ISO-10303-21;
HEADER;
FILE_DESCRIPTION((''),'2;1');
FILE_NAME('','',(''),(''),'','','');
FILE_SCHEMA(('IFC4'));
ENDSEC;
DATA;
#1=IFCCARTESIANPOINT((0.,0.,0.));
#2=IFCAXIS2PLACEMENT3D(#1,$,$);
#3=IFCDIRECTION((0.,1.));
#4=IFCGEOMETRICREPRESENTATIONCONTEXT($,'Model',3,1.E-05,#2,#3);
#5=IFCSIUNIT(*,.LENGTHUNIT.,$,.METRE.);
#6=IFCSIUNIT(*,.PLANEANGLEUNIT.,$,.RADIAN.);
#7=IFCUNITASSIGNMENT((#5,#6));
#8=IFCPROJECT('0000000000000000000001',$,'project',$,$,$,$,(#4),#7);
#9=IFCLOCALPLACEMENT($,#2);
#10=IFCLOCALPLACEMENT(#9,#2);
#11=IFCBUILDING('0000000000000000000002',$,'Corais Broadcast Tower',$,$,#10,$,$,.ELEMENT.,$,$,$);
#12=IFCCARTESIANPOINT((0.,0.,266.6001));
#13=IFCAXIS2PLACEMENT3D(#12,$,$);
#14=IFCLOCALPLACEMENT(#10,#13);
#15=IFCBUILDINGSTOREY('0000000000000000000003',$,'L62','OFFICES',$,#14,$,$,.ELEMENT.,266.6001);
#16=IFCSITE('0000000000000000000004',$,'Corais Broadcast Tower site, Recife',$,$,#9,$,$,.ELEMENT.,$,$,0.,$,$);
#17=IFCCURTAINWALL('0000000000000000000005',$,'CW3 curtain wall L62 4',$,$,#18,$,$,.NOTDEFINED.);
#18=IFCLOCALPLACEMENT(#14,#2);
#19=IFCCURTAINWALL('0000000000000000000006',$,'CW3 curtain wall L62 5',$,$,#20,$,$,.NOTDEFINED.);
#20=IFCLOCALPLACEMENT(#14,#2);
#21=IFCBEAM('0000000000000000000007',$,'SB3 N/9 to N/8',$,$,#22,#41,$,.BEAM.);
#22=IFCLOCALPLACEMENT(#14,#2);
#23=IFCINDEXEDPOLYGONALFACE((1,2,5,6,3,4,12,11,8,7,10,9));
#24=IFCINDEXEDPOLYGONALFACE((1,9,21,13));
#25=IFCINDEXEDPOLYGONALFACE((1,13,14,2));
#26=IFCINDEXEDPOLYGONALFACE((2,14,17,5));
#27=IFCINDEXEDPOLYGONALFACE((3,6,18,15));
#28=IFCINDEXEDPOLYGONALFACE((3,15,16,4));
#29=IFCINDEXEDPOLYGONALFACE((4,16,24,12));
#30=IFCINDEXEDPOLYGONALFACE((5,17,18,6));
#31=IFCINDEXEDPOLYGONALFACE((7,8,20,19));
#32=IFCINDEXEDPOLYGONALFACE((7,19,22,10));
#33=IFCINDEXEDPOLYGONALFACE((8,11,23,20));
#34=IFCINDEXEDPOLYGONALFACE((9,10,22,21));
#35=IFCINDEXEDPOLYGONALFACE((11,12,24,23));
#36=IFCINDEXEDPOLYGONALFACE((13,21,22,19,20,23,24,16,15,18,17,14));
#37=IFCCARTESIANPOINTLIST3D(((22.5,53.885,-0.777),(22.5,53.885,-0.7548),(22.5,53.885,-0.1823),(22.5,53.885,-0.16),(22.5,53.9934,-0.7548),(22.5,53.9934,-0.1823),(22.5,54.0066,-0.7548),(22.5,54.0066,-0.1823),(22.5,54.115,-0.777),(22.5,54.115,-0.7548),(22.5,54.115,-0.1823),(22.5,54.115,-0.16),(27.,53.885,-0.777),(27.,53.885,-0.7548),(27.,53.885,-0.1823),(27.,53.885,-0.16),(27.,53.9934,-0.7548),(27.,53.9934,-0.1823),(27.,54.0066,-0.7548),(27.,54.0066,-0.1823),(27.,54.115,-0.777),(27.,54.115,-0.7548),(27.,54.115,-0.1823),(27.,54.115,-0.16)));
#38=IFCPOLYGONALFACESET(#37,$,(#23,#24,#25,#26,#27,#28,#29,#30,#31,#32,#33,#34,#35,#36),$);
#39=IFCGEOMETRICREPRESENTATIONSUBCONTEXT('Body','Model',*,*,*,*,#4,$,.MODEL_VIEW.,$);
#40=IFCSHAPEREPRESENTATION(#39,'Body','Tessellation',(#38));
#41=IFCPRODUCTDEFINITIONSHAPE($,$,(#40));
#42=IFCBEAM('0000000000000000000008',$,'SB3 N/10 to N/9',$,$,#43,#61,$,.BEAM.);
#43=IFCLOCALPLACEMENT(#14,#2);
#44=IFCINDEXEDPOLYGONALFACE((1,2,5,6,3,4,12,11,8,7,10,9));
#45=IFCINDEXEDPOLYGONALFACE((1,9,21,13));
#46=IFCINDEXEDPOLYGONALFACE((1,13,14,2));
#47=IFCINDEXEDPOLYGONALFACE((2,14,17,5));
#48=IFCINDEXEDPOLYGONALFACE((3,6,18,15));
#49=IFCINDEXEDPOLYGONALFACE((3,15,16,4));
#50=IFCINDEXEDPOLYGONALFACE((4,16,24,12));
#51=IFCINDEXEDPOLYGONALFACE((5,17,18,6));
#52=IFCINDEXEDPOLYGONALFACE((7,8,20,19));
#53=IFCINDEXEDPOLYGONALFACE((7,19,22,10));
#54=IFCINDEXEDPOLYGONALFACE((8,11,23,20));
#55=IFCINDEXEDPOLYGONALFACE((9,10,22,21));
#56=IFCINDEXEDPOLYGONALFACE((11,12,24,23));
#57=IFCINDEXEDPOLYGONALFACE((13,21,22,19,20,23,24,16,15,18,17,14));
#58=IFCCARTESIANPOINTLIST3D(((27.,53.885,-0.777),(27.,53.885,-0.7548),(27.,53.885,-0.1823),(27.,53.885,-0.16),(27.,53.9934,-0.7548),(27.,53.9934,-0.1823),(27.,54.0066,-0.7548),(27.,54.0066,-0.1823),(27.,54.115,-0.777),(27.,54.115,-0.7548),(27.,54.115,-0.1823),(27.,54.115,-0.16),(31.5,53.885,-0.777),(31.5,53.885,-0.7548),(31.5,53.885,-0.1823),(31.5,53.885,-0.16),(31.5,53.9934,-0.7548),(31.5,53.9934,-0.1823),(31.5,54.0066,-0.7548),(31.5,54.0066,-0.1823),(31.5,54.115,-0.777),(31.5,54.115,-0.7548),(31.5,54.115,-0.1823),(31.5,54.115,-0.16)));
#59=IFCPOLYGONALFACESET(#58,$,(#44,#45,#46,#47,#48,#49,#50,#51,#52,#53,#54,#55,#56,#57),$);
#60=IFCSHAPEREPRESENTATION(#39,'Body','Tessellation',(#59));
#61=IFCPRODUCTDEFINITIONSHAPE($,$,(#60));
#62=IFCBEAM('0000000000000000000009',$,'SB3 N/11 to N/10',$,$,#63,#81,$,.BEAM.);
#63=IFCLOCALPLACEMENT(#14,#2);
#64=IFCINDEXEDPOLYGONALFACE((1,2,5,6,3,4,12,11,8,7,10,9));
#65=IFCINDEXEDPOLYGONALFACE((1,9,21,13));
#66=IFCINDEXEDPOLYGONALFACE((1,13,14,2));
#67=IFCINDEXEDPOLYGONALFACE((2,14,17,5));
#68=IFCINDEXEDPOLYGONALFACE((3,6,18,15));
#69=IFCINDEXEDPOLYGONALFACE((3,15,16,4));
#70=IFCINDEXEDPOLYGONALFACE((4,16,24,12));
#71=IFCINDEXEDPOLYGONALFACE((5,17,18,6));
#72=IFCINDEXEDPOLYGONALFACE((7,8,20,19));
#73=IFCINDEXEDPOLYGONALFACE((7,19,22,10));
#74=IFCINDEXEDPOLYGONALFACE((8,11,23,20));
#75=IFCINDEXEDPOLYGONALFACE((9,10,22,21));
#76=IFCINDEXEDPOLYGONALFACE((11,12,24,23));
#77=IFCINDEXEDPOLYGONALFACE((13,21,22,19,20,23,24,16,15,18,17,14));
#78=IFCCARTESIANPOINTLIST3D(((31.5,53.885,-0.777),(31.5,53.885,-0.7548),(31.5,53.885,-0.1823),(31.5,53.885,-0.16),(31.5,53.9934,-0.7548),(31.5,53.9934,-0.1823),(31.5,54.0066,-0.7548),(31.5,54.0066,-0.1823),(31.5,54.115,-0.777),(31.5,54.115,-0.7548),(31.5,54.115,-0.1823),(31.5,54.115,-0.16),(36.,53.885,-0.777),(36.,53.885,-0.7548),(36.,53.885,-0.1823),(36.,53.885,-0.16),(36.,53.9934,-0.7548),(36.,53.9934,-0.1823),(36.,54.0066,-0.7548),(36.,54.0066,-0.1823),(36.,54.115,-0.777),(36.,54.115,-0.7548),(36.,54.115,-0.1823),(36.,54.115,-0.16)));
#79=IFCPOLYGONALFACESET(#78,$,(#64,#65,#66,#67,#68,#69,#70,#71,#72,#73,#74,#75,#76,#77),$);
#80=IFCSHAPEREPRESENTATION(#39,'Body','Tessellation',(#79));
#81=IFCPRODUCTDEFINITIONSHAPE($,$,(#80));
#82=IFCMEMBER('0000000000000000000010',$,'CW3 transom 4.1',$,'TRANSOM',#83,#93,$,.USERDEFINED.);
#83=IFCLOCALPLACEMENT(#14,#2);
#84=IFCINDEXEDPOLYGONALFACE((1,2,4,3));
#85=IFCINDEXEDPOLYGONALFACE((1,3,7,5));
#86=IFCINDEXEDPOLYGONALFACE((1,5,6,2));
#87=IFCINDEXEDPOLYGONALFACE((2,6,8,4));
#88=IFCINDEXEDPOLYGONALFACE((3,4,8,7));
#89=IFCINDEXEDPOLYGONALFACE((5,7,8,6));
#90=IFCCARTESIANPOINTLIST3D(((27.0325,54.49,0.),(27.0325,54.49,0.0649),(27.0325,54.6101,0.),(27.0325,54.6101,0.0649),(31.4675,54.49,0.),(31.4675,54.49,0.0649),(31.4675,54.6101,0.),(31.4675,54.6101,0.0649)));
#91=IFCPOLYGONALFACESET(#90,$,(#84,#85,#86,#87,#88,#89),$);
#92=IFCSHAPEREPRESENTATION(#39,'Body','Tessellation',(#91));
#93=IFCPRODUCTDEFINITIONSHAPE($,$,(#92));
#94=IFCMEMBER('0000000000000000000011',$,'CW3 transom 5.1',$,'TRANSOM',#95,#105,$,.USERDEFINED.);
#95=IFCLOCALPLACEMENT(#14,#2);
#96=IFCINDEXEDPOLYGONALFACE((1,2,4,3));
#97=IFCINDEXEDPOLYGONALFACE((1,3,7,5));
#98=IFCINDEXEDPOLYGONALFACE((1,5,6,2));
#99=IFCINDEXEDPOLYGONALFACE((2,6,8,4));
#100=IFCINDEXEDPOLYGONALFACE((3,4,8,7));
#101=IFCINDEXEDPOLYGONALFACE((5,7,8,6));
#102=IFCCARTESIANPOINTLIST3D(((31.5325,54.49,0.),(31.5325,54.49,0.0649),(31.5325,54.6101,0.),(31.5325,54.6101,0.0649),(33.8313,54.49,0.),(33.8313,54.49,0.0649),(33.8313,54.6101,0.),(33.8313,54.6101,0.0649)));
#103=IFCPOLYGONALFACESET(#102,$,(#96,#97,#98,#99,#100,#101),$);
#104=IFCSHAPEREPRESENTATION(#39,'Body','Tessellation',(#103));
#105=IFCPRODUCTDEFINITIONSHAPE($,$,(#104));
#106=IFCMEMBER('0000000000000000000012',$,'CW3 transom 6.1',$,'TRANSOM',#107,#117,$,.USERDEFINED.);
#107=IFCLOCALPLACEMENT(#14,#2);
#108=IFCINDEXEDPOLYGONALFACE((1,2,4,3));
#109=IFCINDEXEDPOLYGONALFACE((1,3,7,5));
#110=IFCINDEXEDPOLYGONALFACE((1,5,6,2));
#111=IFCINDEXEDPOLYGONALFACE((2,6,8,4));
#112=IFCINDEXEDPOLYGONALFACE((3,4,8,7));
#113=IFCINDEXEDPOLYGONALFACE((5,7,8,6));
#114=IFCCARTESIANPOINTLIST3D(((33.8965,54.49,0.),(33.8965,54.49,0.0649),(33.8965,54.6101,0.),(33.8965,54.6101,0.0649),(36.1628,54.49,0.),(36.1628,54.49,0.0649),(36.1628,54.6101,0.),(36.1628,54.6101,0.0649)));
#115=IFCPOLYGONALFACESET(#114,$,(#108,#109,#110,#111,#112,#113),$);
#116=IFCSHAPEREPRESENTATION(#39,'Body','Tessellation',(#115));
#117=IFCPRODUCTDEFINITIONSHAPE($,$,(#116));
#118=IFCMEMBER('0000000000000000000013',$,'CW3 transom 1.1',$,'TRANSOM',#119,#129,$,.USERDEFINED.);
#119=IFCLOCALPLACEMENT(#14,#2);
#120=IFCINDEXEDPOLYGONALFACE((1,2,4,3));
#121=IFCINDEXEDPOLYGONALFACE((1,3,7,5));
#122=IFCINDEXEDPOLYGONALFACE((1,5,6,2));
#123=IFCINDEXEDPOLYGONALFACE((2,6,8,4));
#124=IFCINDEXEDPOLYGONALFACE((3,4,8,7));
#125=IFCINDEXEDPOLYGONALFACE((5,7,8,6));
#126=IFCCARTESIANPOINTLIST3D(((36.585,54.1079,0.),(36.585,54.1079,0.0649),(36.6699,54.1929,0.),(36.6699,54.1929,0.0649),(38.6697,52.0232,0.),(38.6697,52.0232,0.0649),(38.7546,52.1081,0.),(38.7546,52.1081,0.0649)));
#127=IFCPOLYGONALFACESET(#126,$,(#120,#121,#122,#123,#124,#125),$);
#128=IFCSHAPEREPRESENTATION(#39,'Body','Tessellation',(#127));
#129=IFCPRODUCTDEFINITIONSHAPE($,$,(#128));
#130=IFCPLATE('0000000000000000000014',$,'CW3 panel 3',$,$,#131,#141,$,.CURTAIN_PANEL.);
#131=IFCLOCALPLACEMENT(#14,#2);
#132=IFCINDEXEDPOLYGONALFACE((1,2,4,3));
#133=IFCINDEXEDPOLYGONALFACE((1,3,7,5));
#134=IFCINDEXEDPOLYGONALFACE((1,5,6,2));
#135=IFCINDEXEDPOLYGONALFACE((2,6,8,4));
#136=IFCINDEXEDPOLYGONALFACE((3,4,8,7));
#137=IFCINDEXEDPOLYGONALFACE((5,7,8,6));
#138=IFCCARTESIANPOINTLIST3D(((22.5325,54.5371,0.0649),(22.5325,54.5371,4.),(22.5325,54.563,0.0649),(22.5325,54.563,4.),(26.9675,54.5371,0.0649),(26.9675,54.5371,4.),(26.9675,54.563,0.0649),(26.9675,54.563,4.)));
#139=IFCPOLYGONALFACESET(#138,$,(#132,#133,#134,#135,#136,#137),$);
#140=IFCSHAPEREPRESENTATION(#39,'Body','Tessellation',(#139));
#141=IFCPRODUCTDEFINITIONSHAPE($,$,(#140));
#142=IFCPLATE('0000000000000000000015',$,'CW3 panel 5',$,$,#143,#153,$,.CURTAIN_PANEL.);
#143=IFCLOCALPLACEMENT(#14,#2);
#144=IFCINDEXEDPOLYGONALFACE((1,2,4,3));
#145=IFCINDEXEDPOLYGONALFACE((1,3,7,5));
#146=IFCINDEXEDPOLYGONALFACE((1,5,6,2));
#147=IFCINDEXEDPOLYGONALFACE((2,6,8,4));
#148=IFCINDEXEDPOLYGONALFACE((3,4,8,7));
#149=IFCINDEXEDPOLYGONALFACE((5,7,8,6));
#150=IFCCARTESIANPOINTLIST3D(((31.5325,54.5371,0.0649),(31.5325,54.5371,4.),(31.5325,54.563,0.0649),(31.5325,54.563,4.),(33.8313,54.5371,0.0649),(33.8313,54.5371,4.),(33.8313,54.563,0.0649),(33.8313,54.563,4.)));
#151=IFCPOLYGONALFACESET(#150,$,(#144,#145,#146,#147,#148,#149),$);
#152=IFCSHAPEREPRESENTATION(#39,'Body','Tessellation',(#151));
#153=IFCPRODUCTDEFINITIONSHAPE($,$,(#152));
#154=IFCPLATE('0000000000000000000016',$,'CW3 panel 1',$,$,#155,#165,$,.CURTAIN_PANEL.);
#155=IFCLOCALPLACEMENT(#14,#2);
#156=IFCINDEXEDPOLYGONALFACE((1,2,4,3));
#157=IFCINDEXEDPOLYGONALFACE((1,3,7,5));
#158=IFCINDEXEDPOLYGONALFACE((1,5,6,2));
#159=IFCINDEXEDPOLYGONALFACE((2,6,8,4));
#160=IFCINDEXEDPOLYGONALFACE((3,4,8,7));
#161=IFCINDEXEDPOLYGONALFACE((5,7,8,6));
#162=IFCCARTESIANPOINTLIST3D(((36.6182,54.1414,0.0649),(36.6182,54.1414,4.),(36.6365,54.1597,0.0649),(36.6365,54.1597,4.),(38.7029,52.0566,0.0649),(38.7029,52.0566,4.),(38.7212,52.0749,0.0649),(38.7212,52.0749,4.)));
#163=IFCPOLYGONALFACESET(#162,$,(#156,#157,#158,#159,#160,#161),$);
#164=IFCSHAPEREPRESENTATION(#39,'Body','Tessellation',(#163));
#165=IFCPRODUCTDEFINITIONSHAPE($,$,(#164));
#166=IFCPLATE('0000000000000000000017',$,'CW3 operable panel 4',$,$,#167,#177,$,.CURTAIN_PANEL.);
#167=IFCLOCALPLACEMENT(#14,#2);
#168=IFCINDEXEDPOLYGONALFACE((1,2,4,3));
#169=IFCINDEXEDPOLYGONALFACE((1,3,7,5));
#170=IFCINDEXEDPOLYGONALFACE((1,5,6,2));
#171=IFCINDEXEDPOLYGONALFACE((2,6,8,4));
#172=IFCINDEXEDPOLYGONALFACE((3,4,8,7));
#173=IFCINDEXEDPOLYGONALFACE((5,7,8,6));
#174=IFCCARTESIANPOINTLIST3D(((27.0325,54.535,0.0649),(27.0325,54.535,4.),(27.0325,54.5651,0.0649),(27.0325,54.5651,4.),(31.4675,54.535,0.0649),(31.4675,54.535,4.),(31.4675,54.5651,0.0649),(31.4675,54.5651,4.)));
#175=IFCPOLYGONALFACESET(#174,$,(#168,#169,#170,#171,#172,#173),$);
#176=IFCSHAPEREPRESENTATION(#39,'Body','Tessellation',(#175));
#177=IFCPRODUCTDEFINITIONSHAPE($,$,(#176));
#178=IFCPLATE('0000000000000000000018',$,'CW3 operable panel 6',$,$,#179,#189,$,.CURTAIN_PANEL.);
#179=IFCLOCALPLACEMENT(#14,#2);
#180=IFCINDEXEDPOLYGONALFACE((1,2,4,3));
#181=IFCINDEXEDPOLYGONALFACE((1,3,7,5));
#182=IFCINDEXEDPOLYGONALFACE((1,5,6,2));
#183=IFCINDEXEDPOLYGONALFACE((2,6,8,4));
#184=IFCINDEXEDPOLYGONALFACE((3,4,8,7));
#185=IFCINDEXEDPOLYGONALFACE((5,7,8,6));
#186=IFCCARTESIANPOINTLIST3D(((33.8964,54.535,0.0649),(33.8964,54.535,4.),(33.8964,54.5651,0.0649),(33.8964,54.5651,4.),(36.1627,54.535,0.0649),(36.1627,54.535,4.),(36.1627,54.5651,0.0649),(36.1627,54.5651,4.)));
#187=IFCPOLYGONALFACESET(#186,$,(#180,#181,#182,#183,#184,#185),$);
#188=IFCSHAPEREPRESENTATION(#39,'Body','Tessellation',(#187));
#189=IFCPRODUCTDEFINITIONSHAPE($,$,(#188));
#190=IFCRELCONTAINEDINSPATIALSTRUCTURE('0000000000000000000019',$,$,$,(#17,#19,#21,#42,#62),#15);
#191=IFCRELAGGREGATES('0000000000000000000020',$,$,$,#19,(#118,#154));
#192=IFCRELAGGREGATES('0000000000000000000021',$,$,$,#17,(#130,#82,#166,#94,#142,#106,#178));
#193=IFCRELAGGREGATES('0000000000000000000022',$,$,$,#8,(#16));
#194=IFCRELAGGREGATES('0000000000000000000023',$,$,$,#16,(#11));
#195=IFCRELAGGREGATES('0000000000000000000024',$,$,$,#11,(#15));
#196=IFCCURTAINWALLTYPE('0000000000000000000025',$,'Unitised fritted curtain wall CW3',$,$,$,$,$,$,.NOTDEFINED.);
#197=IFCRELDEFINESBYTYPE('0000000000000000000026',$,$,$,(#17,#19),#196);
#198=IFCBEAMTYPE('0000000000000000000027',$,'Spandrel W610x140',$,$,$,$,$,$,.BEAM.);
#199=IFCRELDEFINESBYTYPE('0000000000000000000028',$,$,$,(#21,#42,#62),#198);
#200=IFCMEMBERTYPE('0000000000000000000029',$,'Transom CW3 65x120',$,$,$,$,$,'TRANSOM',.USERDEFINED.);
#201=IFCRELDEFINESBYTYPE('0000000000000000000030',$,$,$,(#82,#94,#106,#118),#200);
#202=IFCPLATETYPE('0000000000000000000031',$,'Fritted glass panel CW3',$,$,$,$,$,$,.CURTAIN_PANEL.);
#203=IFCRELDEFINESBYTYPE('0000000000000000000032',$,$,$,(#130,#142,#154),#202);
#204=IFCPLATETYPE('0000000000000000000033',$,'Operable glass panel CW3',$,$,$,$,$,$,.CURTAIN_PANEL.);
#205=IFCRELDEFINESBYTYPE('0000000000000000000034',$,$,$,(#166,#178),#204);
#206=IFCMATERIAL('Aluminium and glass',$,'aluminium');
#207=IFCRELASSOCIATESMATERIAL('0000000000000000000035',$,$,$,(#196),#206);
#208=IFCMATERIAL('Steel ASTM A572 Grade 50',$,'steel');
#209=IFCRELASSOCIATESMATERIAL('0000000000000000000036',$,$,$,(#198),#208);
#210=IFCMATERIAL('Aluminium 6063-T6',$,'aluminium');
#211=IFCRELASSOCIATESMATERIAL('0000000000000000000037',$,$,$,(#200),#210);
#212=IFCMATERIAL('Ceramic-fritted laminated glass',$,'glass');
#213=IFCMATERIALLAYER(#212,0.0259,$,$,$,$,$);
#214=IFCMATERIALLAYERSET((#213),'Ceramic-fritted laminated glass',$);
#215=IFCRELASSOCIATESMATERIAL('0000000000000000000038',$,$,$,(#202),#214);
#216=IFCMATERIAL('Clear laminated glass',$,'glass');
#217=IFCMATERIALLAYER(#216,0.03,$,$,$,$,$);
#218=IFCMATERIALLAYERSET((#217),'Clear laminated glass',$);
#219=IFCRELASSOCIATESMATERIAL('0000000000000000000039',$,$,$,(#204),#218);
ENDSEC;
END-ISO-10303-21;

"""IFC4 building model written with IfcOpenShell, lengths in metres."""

from ifc_helpers import new_model, si_unit, direction, frame, origin, origin_2d, place, context, subcontext, project, spatial, rectangle, i_section, extrude, material, layer, layer_set, material_profile, profile_set, type_object, element, aggregate, save


model = new_model("IFC4")

# Units and contexts
model_context = context("Model", 3, precision=1e-05, world=origin(), true_north=direction((0.0, 1.0)))
body_context = subcontext(model_context, "Body", "Model", "MODEL_VIEW")
ifc_project = project(units=[si_unit("LENGTHUNIT", "METRE"), si_unit("PLANEANGLEUNIT", "RADIAN")], contexts=[model_context])

# Site, building, storey
site_placement = place(None, origin())
site = spatial("IfcSite", under=ifc_project, at=site_placement, Name="Corais Broadcast Tower site, Recife", CompositionType="ELEMENT", RefElevation=0.0)
building_placement = place(site_placement, origin())
building = spatial("IfcBuilding", under=site, at=building_placement, Name="Corais Broadcast Tower", CompositionType="ELEMENT")
storey_placement = place(building_placement, frame((0.0, 0.0, 266.6001)))
storey = spatial("IfcBuildingStorey", under=building, at=storey_placement, Name="L62", Description="OFFICES", CompositionType="ELEMENT", Elevation=266.6001)

# Curtain walls
ifc_material_1 = material(Name="Aluminium and glass", Category="aluminium")
curtain_wall_type = type_object("IfcCurtainWallType", Name="Unitised fritted curtain wall CW3", PredefinedType="NOTDEFINED", material=ifc_material_1)
curtain_wall_1_placement = place(storey_placement, origin())
curtain_wall_1 = element("IfcCurtainWall", 1, at=curtain_wall_1_placement, inside=storey, type_object=curtain_wall_type, Name="CW3 curtain wall L62 4", PredefinedType="NOTDEFINED")
curtain_wall_2_placement = place(storey_placement, origin())
curtain_wall_2 = element("IfcCurtainWall", 2, at=curtain_wall_2_placement, inside=storey, type_object=curtain_wall_type, Name="CW3 curtain wall L62 5", PredefinedType="NOTDEFINED")

# Beams
ifc_material_2 = material(Name="Steel ASTM A572 Grade 50", Category="steel")
ifc_material_profile_1 = material_profile(ifc_material_2, i_section(OverallWidth=0.23, OverallDepth=0.6169, WebThickness=0.0132, FlangeThickness=0.0222, at=origin_2d()), Name="W610x140")
ifc_profile_set_1 = profile_set([ifc_material_profile_1], Name="Steel ASTM A572 Grade 50")
beam_type_1 = type_object("IfcBeamType", Name="Spandrel W610x140", PredefinedType="BEAM", material=ifc_profile_set_1)
for number, where, z_axis, x_axis, name in (
    (3, (27.0, 54.0, -0.4685), (-1.0, 0.0, 0.0), (0.0, -1.0, 0.0), "SB3 N/9 to N/8"),
    (4, (31.5, 54.0, -0.4685), (-1.0, 0.0, 0.0), (0.0, -1.0, 0.0), "SB3 N/10 to N/9"),
    (5, (36.0, 54.0, -0.4685), (-1.0, 0.0, 0.0), (0.0, -1.0, 0.0), "SB3 N/11 to N/10"),
):
    element("IfcBeam", number, at=place(storey_placement, frame(where, z_axis=z_axis, x_axis=x_axis)), inside=storey, type_object=beam_type_1, Name=name, PredefinedType="BEAM", context=body_context, shape_type="SweptSolid", body=[
        extrude(i_section(OverallWidth=0.23, OverallDepth=0.6169, WebThickness=0.0132, FlangeThickness=0.0222, at=origin_2d()), origin(), (0.0, 0.0, 1.0), 4.5),
    ])

# Members
ifc_material_3 = material(Name="Aluminium 6063-T6", Category="aluminium")
ifc_material_profile_2 = material_profile(ifc_material_3, rectangle(XDim=0.1201, YDim=0.0649, at=origin_2d()), Name="Transom CW3 65x120")
ifc_profile_set_2 = profile_set([ifc_material_profile_2], Name="Aluminium 6063-T6")
member_type_1 = type_object("IfcMemberType", Name="Transom CW3 65x120", ElementType="TRANSOM", PredefinedType="USERDEFINED", material=ifc_profile_set_2)
member_1_placement = place(storey_placement, frame((27.0325, 54.55, 0.0325), z_axis=(1.0, 0.0, 0.0), x_axis=(0.0, 1.0, 0.0)))
member_1 = element("IfcMember", 6, at=member_1_placement, type_object=member_type_1, Name="CW3 transom 4.1", ObjectType="TRANSOM", PredefinedType="USERDEFINED", context=body_context, shape_type="SweptSolid", body=[
    extrude(rectangle(XDim=0.1201, YDim=0.0649, at=origin_2d()), origin(), (0.0, 0.0, 1.0), 4.4351),
])
member_2_placement = place(storey_placement, frame((31.5325, 54.55, 0.0325), z_axis=(1.0, 0.0, 0.0), x_axis=(0.0, 1.0, 0.0)))
member_2 = element("IfcMember", 7, at=member_2_placement, type_object=member_type_1, Name="CW3 transom 5.1", ObjectType="TRANSOM", PredefinedType="USERDEFINED", context=body_context, shape_type="SweptSolid", body=[
    extrude(rectangle(XDim=0.1201, YDim=0.0649, at=origin_2d()), origin(), (0.0, 0.0, 1.0), 2.2988),
])
member_3_placement = place(storey_placement, frame((33.8965, 54.55, 0.0325), z_axis=(1.0, 0.0, 0.0), x_axis=(0.0, 1.0, 0.0)))
member_3 = element("IfcMember", 8, at=member_3_placement, type_object=member_type_1, Name="CW3 transom 6.1", ObjectType="TRANSOM", PredefinedType="USERDEFINED", context=body_context, shape_type="SweptSolid", body=[
    extrude(rectangle(XDim=0.1201, YDim=0.0649, at=origin_2d()), origin(), (0.0, 0.0, 1.0), 2.2664),
])
member_4_placement = place(storey_placement, frame((36.6274, 54.1504, 0.0325), z_axis=(0.707107, -0.707107, 0.0), x_axis=(0.707107, 0.707107, 0.0)))
member_4 = element("IfcMember", 9, at=member_4_placement, type_object=member_type_1, Name="CW3 transom 1.1", ObjectType="TRANSOM", PredefinedType="USERDEFINED", context=body_context, shape_type="SweptSolid", body=[
    extrude(rectangle(XDim=0.1201, YDim=0.0649, at=origin_2d()), origin(), (0.0, 0.0, 1.0), 2.9482),
])

# Plates
ifc_material_4 = material(Name="Ceramic-fritted laminated glass", Category="glass")
ifc_layer_1 = layer(ifc_material_4, 0.0259)
ifc_layer_set_1 = layer_set([ifc_layer_1], Name="Ceramic-fritted laminated glass")
plate_type_1 = type_object("IfcPlateType", Name="Fritted glass panel CW3", PredefinedType="CURTAIN_PANEL", material=ifc_layer_set_1)
plate_1_placement = place(storey_placement, frame((24.75, 54.55, 0.0649), z_axis=(0.0, 0.0, 1.0), x_axis=(1.0, 0.0, 0.0)))
plate_1 = element("IfcPlate", 10, at=plate_1_placement, type_object=plate_type_1, Name="CW3 panel 3", PredefinedType="CURTAIN_PANEL", context=body_context, shape_type="SweptSolid", body=[
    extrude(rectangle(XDim=4.4351, YDim=0.0259, at=origin_2d()), origin(), (0.0, 0.0, 1.0), 3.9351),
])
plate_2_placement = place(storey_placement, frame((32.6819, 54.55, 0.0649), z_axis=(0.0, 0.0, 1.0), x_axis=(1.0, 0.0, 0.0)))
plate_2 = element("IfcPlate", 11, at=plate_2_placement, type_object=plate_type_1, Name="CW3 panel 5", PredefinedType="CURTAIN_PANEL", context=body_context, shape_type="SweptSolid", body=[
    extrude(rectangle(XDim=2.2988, YDim=0.0259, at=origin_2d()), origin(), (0.0, 0.0, 1.0), 3.9351),
])
plate_3_placement = place(storey_placement, frame((37.6697, 53.1082, 0.0649), z_axis=(0.0, 0.0, 1.0), x_axis=(0.707107, -0.707107, 0.0)))
plate_3 = element("IfcPlate", 12, at=plate_3_placement, type_object=plate_type_1, Name="CW3 panel 1", PredefinedType="CURTAIN_PANEL", context=body_context, shape_type="SweptSolid", body=[
    extrude(rectangle(XDim=2.9482, YDim=0.0259, at=origin_2d()), origin(), (0.0, 0.0, 1.0), 3.9351),
])
aggregate(curtain_wall_2, [member_4, plate_3])
ifc_material_5 = material(Name="Clear laminated glass", Category="glass")
ifc_layer_2 = layer(ifc_material_5, 0.03)
ifc_layer_set_2 = layer_set([ifc_layer_2], Name="Clear laminated glass")
plate_type_2 = type_object("IfcPlateType", Name="Operable glass panel CW3", PredefinedType="CURTAIN_PANEL", material=ifc_layer_set_2)
plate_4_placement = place(storey_placement, frame((29.25, 54.55, 0.0649), z_axis=(0.0, 0.0, 1.0), x_axis=(1.0, 0.0, 0.0)))
plate_4 = element("IfcPlate", 13, at=plate_4_placement, type_object=plate_type_2, Name="CW3 operable panel 4", PredefinedType="CURTAIN_PANEL", context=body_context, shape_type="SweptSolid", body=[
    extrude(rectangle(XDim=4.4351, YDim=0.03, at=origin_2d()), origin(), (0.0, 0.0, 1.0), 3.9351),
])
plate_5_placement = place(storey_placement, frame((35.0295, 54.55, 0.0649), z_axis=(0.0, 0.0, 1.0), x_axis=(1.0, 0.0, 0.0)))
plate_5 = element("IfcPlate", 14, at=plate_5_placement, type_object=plate_type_2, Name="CW3 operable panel 6", PredefinedType="CURTAIN_PANEL", context=body_context, shape_type="SweptSolid", body=[
    extrude(rectangle(XDim=2.2664, YDim=0.03, at=origin_2d()), origin(), (0.0, 0.0, 1.0), 3.9351),
])
aggregate(curtain_wall_1, [plate_1, member_1, plate_4, member_2, plate_2, member_3, plate_5])

save(model, "model.ifc")
